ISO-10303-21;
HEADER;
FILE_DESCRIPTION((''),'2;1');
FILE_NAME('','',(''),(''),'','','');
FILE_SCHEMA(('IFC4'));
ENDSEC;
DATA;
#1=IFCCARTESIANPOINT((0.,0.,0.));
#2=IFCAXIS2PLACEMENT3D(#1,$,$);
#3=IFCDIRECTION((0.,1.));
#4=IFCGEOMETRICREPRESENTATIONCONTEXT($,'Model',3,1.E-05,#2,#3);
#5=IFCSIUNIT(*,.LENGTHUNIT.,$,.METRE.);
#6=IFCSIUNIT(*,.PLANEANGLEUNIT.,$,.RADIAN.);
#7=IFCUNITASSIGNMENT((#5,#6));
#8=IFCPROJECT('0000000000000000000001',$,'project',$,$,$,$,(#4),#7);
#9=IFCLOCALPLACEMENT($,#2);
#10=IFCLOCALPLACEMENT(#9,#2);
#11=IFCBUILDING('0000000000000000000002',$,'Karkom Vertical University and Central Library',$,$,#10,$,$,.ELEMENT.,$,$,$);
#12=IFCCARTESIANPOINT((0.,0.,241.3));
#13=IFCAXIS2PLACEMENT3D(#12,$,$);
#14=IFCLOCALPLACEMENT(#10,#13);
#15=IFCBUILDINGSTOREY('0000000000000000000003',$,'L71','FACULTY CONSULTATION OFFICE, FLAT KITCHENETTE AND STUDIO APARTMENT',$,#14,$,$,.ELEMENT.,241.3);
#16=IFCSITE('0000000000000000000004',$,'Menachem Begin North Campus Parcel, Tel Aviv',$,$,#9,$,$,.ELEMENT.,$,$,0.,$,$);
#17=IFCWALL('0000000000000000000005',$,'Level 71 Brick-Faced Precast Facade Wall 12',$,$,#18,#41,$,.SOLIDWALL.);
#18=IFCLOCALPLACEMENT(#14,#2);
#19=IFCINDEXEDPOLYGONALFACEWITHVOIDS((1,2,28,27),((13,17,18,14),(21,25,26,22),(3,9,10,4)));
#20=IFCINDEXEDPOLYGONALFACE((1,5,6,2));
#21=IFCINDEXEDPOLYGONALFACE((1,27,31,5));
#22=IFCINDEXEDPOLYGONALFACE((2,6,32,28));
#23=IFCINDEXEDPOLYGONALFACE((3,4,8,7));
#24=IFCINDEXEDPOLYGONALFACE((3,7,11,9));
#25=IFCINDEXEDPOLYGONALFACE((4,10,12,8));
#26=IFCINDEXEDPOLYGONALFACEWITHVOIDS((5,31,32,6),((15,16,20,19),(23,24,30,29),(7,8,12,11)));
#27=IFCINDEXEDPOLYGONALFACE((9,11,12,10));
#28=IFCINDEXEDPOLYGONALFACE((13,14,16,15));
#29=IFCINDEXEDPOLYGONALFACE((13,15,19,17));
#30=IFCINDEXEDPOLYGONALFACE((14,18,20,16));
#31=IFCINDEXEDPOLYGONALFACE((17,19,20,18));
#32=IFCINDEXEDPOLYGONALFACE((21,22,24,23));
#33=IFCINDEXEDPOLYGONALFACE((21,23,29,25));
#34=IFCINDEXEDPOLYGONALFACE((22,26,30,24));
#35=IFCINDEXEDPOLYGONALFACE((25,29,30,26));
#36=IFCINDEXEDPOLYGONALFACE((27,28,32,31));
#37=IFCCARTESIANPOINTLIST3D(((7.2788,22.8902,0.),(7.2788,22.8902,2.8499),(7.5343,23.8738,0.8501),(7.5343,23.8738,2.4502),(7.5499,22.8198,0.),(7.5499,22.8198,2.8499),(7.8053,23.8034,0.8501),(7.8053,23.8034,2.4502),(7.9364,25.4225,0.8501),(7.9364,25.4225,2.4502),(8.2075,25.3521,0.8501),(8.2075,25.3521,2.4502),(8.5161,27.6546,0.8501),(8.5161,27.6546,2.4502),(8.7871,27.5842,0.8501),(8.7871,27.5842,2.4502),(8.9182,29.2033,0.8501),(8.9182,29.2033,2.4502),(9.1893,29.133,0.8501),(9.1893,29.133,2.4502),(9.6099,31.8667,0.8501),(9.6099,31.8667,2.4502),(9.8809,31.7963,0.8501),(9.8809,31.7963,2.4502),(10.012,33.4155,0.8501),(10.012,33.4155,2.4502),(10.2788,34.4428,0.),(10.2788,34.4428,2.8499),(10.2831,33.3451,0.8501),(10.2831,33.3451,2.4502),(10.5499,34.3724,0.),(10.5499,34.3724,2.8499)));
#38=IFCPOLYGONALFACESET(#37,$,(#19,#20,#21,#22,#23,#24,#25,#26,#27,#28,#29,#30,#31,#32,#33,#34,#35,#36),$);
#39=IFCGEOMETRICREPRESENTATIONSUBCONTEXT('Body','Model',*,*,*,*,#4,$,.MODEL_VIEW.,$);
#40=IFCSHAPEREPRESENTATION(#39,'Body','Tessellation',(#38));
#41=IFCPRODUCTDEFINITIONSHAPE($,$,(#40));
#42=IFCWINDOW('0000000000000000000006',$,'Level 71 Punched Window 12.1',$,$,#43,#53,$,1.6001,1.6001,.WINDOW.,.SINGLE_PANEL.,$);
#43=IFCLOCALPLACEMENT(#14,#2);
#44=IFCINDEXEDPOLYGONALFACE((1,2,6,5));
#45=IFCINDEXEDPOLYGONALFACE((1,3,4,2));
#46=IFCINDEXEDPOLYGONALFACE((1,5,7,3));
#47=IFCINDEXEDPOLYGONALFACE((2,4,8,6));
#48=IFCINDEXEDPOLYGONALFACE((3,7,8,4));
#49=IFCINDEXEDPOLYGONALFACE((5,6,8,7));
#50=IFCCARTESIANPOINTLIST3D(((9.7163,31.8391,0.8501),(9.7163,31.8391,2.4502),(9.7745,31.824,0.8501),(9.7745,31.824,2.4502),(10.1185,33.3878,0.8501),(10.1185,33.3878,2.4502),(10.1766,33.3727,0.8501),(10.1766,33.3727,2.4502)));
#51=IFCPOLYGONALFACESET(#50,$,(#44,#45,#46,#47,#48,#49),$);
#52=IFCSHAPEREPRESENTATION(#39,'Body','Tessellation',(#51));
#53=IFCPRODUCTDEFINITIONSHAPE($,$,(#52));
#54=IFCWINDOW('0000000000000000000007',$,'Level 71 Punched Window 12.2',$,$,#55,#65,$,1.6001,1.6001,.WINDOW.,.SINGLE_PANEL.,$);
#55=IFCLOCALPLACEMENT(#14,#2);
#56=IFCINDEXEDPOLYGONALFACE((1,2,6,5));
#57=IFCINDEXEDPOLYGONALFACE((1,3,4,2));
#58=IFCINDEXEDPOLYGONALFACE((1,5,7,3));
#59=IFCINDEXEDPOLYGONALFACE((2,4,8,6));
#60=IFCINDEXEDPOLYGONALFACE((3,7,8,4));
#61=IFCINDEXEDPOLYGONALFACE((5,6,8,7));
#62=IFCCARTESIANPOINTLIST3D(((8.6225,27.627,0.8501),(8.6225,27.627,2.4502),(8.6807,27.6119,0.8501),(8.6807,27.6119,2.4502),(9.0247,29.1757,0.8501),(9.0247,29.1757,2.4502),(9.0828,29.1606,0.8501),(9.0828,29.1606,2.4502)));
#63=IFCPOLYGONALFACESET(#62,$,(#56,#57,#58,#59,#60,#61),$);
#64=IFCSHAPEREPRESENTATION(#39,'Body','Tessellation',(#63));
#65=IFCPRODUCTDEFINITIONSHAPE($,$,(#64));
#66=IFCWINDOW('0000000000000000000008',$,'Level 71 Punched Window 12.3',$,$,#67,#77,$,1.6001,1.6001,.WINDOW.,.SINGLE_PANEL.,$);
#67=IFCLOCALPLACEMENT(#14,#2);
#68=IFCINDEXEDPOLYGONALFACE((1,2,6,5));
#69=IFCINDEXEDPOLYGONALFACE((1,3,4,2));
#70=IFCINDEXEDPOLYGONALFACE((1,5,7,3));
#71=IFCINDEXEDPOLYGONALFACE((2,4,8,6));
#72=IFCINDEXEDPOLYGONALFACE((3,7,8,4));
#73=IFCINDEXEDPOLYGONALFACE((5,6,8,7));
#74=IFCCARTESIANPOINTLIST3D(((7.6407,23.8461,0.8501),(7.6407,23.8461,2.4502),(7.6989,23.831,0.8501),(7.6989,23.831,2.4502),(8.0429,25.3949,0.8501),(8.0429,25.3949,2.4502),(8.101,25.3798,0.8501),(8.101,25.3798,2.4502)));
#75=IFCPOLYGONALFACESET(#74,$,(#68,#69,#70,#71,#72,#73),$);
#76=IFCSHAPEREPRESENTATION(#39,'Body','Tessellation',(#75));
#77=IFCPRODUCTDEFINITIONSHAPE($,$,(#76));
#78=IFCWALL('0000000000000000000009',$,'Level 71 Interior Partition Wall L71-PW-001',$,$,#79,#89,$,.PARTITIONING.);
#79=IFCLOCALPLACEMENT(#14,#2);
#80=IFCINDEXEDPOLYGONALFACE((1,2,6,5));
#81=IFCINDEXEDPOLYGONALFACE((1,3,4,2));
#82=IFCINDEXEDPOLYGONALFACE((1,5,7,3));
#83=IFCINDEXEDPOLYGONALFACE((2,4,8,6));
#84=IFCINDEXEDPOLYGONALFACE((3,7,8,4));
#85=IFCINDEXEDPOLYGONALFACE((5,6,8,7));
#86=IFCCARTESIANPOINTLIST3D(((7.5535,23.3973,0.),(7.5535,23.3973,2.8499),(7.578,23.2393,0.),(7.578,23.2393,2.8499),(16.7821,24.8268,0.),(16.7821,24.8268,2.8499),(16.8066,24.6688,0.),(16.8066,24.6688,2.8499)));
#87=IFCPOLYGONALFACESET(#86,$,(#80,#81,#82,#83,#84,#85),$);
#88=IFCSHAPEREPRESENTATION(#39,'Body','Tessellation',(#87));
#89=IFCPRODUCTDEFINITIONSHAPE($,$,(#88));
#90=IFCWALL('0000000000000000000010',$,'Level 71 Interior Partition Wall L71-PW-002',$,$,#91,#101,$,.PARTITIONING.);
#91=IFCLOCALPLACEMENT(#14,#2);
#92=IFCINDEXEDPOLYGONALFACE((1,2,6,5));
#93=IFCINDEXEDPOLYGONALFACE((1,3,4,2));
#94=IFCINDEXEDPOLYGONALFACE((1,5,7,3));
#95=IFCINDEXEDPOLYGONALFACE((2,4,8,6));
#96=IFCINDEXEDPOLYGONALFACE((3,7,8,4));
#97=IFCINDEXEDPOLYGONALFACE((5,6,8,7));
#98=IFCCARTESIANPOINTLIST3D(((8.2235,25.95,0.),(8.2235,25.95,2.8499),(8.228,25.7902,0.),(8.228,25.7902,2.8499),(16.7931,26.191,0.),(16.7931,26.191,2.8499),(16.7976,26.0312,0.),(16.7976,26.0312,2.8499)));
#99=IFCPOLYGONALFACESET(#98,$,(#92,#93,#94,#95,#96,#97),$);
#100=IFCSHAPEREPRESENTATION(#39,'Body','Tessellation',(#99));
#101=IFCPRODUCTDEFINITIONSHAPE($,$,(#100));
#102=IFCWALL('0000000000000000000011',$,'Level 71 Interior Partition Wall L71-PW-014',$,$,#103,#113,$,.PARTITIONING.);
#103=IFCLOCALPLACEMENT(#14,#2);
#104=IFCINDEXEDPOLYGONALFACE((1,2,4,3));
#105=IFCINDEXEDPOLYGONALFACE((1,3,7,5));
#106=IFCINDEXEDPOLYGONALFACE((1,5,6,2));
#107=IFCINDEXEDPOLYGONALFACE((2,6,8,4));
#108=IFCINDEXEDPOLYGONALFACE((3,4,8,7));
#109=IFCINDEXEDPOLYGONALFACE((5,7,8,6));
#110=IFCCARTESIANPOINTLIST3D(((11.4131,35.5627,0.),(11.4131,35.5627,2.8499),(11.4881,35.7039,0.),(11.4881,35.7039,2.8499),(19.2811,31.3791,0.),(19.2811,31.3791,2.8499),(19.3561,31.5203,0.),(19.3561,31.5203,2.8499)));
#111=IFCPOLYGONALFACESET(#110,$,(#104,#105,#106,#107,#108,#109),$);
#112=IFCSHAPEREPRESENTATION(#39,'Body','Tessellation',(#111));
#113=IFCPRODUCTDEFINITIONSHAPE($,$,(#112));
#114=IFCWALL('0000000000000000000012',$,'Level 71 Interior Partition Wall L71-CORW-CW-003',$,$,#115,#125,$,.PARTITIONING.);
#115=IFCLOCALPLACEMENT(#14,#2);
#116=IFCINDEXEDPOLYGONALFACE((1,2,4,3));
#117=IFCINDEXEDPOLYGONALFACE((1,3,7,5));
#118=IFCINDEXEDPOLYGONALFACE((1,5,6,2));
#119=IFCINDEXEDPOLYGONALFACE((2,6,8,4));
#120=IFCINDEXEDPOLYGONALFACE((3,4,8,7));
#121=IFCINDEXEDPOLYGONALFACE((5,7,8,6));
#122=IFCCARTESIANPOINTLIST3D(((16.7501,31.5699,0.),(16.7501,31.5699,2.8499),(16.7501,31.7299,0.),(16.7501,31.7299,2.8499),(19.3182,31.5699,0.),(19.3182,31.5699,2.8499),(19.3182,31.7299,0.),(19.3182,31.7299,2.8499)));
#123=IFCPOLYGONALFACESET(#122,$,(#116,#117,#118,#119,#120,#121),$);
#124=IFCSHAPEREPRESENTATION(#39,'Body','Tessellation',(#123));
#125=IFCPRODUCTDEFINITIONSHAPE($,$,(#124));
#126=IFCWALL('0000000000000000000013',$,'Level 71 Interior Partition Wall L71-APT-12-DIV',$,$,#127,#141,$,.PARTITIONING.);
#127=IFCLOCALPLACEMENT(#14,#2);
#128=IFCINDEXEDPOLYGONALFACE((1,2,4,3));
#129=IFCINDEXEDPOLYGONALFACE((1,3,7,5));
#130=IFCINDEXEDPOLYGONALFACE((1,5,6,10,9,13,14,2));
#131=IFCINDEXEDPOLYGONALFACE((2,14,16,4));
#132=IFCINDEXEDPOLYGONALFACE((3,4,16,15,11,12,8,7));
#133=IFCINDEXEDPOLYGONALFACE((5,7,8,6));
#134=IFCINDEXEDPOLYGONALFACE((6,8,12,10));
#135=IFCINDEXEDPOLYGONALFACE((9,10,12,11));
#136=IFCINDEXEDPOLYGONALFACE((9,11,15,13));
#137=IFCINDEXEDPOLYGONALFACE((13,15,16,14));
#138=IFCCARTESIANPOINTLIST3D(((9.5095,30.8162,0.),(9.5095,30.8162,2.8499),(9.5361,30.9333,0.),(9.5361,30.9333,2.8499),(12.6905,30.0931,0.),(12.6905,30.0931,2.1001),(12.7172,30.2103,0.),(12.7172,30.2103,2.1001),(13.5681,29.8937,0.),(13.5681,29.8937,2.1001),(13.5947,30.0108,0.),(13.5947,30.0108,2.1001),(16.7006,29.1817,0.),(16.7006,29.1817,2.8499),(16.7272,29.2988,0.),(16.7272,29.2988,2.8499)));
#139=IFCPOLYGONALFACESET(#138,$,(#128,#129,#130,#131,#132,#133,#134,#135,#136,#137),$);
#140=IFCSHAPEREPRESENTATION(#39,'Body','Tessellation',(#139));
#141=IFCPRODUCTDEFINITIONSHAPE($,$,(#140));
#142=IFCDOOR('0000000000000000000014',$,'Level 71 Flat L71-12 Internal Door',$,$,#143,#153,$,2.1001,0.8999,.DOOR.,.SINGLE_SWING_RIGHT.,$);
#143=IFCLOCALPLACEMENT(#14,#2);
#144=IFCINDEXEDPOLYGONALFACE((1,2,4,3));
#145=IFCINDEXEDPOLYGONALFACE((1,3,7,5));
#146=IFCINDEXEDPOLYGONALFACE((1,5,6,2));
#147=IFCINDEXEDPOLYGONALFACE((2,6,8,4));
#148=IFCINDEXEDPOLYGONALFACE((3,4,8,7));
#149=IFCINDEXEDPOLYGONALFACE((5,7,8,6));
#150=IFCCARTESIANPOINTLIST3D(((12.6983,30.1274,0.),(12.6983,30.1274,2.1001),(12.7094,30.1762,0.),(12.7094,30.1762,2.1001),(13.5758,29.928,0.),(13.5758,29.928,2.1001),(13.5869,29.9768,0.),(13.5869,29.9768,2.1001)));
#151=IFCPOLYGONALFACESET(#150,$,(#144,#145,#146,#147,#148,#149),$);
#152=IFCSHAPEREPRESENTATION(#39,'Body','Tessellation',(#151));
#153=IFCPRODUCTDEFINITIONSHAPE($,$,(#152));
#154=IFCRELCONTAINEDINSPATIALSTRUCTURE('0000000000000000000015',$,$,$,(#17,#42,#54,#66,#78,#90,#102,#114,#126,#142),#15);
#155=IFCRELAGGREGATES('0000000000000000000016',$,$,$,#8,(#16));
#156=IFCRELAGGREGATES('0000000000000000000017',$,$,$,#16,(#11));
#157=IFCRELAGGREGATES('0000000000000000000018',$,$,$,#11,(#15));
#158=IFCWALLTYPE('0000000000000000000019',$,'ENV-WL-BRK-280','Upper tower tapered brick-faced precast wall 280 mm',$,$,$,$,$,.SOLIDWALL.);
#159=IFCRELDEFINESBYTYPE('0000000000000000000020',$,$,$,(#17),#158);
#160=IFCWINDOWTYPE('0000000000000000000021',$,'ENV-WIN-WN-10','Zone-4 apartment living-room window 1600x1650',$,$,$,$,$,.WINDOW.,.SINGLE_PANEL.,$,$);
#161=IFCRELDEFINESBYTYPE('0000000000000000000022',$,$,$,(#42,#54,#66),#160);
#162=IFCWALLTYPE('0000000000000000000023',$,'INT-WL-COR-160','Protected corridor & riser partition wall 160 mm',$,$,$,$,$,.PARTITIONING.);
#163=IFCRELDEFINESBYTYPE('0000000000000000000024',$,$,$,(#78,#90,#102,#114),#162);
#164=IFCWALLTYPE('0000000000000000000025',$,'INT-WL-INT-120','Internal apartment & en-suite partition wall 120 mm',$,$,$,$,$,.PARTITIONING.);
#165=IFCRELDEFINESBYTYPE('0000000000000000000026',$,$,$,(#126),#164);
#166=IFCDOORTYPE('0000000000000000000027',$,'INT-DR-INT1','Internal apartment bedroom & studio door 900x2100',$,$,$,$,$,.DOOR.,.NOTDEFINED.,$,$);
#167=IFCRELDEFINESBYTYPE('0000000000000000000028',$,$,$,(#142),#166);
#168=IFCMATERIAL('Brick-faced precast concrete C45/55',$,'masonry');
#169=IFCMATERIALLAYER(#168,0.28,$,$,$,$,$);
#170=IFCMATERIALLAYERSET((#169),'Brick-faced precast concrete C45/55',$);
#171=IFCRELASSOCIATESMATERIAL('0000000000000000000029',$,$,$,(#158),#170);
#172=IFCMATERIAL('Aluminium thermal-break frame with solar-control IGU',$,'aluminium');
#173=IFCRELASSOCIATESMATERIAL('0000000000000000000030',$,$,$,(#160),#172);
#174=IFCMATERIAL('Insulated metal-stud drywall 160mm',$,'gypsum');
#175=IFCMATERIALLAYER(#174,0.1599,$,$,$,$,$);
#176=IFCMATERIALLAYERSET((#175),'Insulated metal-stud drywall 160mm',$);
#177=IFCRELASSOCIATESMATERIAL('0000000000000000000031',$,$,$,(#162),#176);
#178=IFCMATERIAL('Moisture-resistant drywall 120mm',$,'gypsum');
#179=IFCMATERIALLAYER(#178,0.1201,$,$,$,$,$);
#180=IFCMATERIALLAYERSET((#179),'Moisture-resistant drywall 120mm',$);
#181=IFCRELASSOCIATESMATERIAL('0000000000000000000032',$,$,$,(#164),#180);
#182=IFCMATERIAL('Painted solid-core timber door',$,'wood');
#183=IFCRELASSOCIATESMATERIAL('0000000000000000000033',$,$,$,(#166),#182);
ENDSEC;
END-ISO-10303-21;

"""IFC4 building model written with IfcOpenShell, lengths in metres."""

from ifc_helpers import new_model, si_unit, direction, frame, frame_2d, origin, origin_with_axes, place, context, subcontext, project, spatial, rectangle, extrude, source, transform, mapped, material, layer, layer_set, type_object, element, fill, save


model = new_model("IFC4")

# Units and contexts
model_context = context("Model", 3, precision=1e-05, world=origin(), true_north=direction((0.0, 1.0)))
body_context = subcontext(model_context, "Body", "Model", "MODEL_VIEW")
ifc_project = project(units=[si_unit("LENGTHUNIT", "METRE"), si_unit("PLANEANGLEUNIT", "RADIAN")], contexts=[model_context])

# Site, building, storey
site_placement = place(None, origin())
site = spatial("IfcSite", under=ifc_project, at=site_placement, Name="Menachem Begin North Campus Parcel, Tel Aviv", CompositionType="ELEMENT", RefElevation=0.0)
building_placement = place(site_placement, origin())
building = spatial("IfcBuilding", under=site, at=building_placement, Name="Karkom Vertical University and Central Library", CompositionType="ELEMENT")
storey_placement = place(building_placement, frame((0.0, 0.0, 241.3)))
storey = spatial("IfcBuildingStorey", under=building, at=storey_placement, Name="L71", Description="FACULTY CONSULTATION OFFICE, FLAT KITCHENETTE AND STUDIO APARTMENT", CompositionType="ELEMENT", Elevation=241.3)

# Wall, openings, windows
ifc_material_1 = material(Name="Brick-faced precast concrete C45/55", Category="masonry")
ifc_layer_1 = layer(ifc_material_1, 0.28)
ifc_layer_set_1 = layer_set([ifc_layer_1], Name="Brick-faced precast concrete C45/55")
wall_type_1 = type_object("IfcWallType", Name="ENV-WL-BRK-280", Description="Upper tower tapered brick-faced precast wall 280 mm", PredefinedType="SOLIDWALL", material=ifc_layer_set_1)
ifc_material_2 = material(Name="Aluminium thermal-break frame with solar-control IGU", Category="aluminium")
window_type = type_object("IfcWindowType", Name="ENV-WIN-WN-10", Description="Zone-4 apartment living-room window 1600x1650", PartitioningType="SINGLE_PANEL", PredefinedType="WINDOW", material=ifc_material_2)
shared_shape_1 = source(origin_with_axes(), body_context, "Body", "SweptSolid", [
    extrude(rectangle(XDim=1.6001, YDim=1.6001, at=frame_2d((0.8, 0.8))), frame((0.0, 0.03, 0.0), z_axis=(0.0, -1.0, 0.0), x_axis=(1.0, 0.0, 0.0)), (0.0, 0.0, 1.0), 0.0601),
])
wall_1_placement = place(storey_placement, frame((10.4143, 34.4075, 0.0), z_axis=(0.0, 0.0, 1.0), x_axis=(-0.251343, -0.967898, 0.0)))
wall_1 = element("IfcWall", 1, at=wall_1_placement, inside=storey, type_object=wall_type_1, Name="Level 71 Brick-Faced Precast Facade Wall 12", PredefinedType="SOLIDWALL", context=body_context, shape_type="SweptSolid", body=[
    extrude(rectangle(XDim=11.9358, YDim=0.28, at=frame_2d((5.9678, 0.0))), origin(), (0.0, 0.0, 1.0), 2.8499),
])
opening_1_placement = place(wall_1_placement, frame((1.0613, 0.0, 0.8501)))
opening_1 = element("IfcOpeningElement", 2, at=opening_1_placement, cuts=wall_1, PredefinedType="OPENING", context=body_context, shape_type="SweptSolid", body=[
    extrude(rectangle(XDim=1.6001, YDim=1.6001, at=frame_2d((0.8, 0.8))), frame((0.0, 0.1499, 0.0), z_axis=(0.0, -1.0, 0.0), x_axis=(1.0, 0.0, 0.0)), (0.0, 0.0, 1.0), 0.3),
])
opening_2_placement = place(wall_1_placement, frame((5.4131, 0.0, 0.8501)))
opening_2 = element("IfcOpeningElement", 3, at=opening_2_placement, cuts=wall_1, PredefinedType="OPENING", context=body_context, shape_type="SweptSolid", body=[
    extrude(rectangle(XDim=1.6001, YDim=1.6001, at=frame_2d((0.8, 0.8))), frame((0.0, 0.1499, 0.0), z_axis=(0.0, -1.0, 0.0), x_axis=(1.0, 0.0, 0.0)), (0.0, 0.0, 1.0), 0.3),
])
opening_3_placement = place(wall_1_placement, frame((9.3193, 0.0, 0.8501)))
opening_3 = element("IfcOpeningElement", 4, at=opening_3_placement, cuts=wall_1, PredefinedType="OPENING", context=body_context, shape_type="SweptSolid", body=[
    extrude(rectangle(XDim=1.6001, YDim=1.6001, at=frame_2d((0.8, 0.8))), frame((0.0, 0.1499, 0.0), z_axis=(0.0, -1.0, 0.0), x_axis=(1.0, 0.0, 0.0)), (0.0, 0.0, 1.0), 0.3),
])
window_1_placement = place(opening_1_placement, origin())
window_1 = element("IfcWindow", 5, at=window_1_placement, inside=storey, type_object=window_type, Name="Level 71 Punched Window 12.1", OverallHeight=1.6001, OverallWidth=1.6001, PartitioningType="SINGLE_PANEL", PredefinedType="WINDOW", context=body_context, shape_type="MappedRepresentation", body=[
    mapped(shared_shape_1, transform((0.0, 0.0, 0.0), scale=1.0)),
])
fill(opening_1, window_1)
window_2_placement = place(opening_2_placement, origin())
window_2 = element("IfcWindow", 6, at=window_2_placement, inside=storey, type_object=window_type, Name="Level 71 Punched Window 12.2", OverallHeight=1.6001, OverallWidth=1.6001, PartitioningType="SINGLE_PANEL", PredefinedType="WINDOW", context=body_context, shape_type="MappedRepresentation", body=[
    mapped(shared_shape_1, transform((0.0, 0.0, 0.0), scale=1.0)),
])
fill(opening_2, window_2)
window_3_placement = place(opening_3_placement, origin())
window_3 = element("IfcWindow", 7, at=window_3_placement, inside=storey, type_object=window_type, Name="Level 71 Punched Window 12.3", OverallHeight=1.6001, OverallWidth=1.6001, PartitioningType="SINGLE_PANEL", PredefinedType="WINDOW", context=body_context, shape_type="MappedRepresentation", body=[
    mapped(shared_shape_1, transform((0.0, 0.0, 0.0), scale=1.0)),
])
fill(opening_3, window_3)

# Walls
ifc_material_3 = material(Name="Insulated metal-stud drywall 160mm", Category="gypsum")
ifc_layer_2 = layer(ifc_material_3, 0.1599)
ifc_layer_set_2 = layer_set([ifc_layer_2], Name="Insulated metal-stud drywall 160mm")
wall_type_2 = type_object("IfcWallType", Name="INT-WL-COR-160", Description="Protected corridor & riser partition wall 160 mm", PredefinedType="PARTITIONING", material=ifc_layer_set_2)
wall_2_placement = place(storey_placement, frame((16.7944, 24.7478, 0.0), z_axis=(0.0, 0.0, 1.0), x_axis=(-0.988216, -0.153069, 0.0)))
element("IfcWall", 8, at=wall_2_placement, inside=storey, type_object=wall_type_2, Name="Level 71 Interior Partition Wall L71-PW-001", PredefinedType="PARTITIONING", context=body_context, shape_type="SweptSolid", body=[
    extrude(rectangle(XDim=9.3386, YDim=0.1599, at=frame_2d((4.6694, 0.0))), origin(), (0.0, 0.0, 1.0), 2.8499),
])
wall_3_placement = place(storey_placement, frame((8.2256, 25.8701, 0.0), z_axis=(0.0, 0.0, 1.0), x_axis=(0.999605, 0.028108, 0.0)))
element("IfcWall", 9, at=wall_3_placement, inside=storey, type_object=wall_type_2, Name="Level 71 Interior Partition Wall L71-PW-002", PredefinedType="PARTITIONING", context=body_context, shape_type="SweptSolid", body=[
    extrude(rectangle(XDim=8.573, YDim=0.1599, at=frame_2d((4.2866, 0.0))), origin(), (0.0, 0.0, 1.0), 2.8499),
])
wall_4_placement = place(storey_placement, frame((19.3186, 31.4497, 0.0), z_axis=(0.0, 0.0, 1.0), x_axis=(-0.882941, 0.469484, 0.0)))
element("IfcWall", 10, at=wall_4_placement, inside=storey, type_object=wall_type_2, Name="Level 71 Interior Partition Wall L71-PW-014", PredefinedType="PARTITIONING", context=body_context, shape_type="SweptSolid", body=[
    extrude(rectangle(XDim=8.9111, YDim=0.1599, at=frame_2d((4.4556, 0.0))), origin(), (0.0, 0.0, 1.0), 2.8499),
])
wall_5_placement = place(storey_placement, frame((16.75, 31.6499, 0.0), z_axis=(0.0, 0.0, 1.0), x_axis=(1.0, 0.0, 0.0)))
element("IfcWall", 11, at=wall_5_placement, inside=storey, type_object=wall_type_2, Name="Level 71 Interior Partition Wall L71-CORW-CW-003", PredefinedType="PARTITIONING", context=body_context, shape_type="SweptSolid", body=[
    extrude(rectangle(XDim=2.5681, YDim=0.1599, at=frame_2d((1.2842, 0.0))), origin(), (0.0, 0.0, 1.0), 2.8499),
])

# Wall, opening, door
ifc_material_4 = material(Name="Moisture-resistant drywall 120mm", Category="gypsum")
ifc_layer_3 = layer(ifc_material_4, 0.1201)
ifc_layer_set_3 = layer_set([ifc_layer_3], Name="Moisture-resistant drywall 120mm")
wall_type_3 = type_object("IfcWallType", Name="INT-WL-INT-120", Description="Internal apartment & en-suite partition wall 120 mm", PredefinedType="PARTITIONING", material=ifc_layer_set_3)
wall_6_placement = place(storey_placement, frame((16.7139, 29.2402, 0.0), z_axis=(0.0, 0.0, 1.0), x_axis=(-0.975128, 0.221643, 0.0)))
wall_6 = element("IfcWall", 12, at=wall_6_placement, inside=storey, type_object=wall_type_3, Name="Level 71 Interior Partition Wall L71-APT-12-DIV", PredefinedType="PARTITIONING", context=body_context, shape_type="SweptSolid", body=[
    extrude(rectangle(XDim=7.3745, YDim=0.1201, at=frame_2d((3.6873, 0.0))), origin(), (0.0, 0.0, 1.0), 2.8499),
])
opening_4_placement = place(wall_6_placement, frame((3.2124, 0.0, 0.0)))
opening_4 = element("IfcOpeningElement", 13, at=opening_4_placement, cuts=wall_6, PredefinedType="OPENING", context=body_context, shape_type="SweptSolid", body=[
    extrude(rectangle(XDim=0.8999, YDim=2.1001, at=frame_2d((0.45, 1.05))), frame((0.0, 0.0701, 0.0), z_axis=(0.0, -1.0, 0.0), x_axis=(1.0, 0.0, 0.0)), (0.0, 0.0, 1.0), 0.1401),
])
ifc_material_5 = material(Name="Painted solid-core timber door", Category="wood")
door_type_1 = type_object("IfcDoorType", Name="INT-DR-INT1", Description="Internal apartment bedroom & studio door 900x2100", OperationType="NOTDEFINED", PredefinedType="DOOR", material=ifc_material_5)
shared_shape_2 = source(origin_with_axes(), body_context, "Body", "SweptSolid", [
    extrude(rectangle(XDim=0.8999, YDim=2.1001, at=frame_2d((0.45, 1.05))), frame((0.0, 0.0249, 0.0), z_axis=(0.0, -1.0, 0.0), x_axis=(1.0, 0.0, 0.0)), (0.0, 0.0, 1.0), 0.05),
])
door_1_placement = place(opening_4_placement, origin())
door_1 = element("IfcDoor", 14, at=door_1_placement, inside=storey, type_object=door_type_1, Name="Level 71 Flat L71-12 Internal Door", OperationType="SINGLE_SWING_RIGHT", OverallHeight=2.1001, OverallWidth=0.8999, PredefinedType="DOOR", context=body_context, shape_type="MappedRepresentation", body=[
    mapped(shared_shape_2, transform((0.0, 0.0, 0.0), scale=1.0)),
])
fill(opening_4, door_1)

save(model, "model.ifc")
